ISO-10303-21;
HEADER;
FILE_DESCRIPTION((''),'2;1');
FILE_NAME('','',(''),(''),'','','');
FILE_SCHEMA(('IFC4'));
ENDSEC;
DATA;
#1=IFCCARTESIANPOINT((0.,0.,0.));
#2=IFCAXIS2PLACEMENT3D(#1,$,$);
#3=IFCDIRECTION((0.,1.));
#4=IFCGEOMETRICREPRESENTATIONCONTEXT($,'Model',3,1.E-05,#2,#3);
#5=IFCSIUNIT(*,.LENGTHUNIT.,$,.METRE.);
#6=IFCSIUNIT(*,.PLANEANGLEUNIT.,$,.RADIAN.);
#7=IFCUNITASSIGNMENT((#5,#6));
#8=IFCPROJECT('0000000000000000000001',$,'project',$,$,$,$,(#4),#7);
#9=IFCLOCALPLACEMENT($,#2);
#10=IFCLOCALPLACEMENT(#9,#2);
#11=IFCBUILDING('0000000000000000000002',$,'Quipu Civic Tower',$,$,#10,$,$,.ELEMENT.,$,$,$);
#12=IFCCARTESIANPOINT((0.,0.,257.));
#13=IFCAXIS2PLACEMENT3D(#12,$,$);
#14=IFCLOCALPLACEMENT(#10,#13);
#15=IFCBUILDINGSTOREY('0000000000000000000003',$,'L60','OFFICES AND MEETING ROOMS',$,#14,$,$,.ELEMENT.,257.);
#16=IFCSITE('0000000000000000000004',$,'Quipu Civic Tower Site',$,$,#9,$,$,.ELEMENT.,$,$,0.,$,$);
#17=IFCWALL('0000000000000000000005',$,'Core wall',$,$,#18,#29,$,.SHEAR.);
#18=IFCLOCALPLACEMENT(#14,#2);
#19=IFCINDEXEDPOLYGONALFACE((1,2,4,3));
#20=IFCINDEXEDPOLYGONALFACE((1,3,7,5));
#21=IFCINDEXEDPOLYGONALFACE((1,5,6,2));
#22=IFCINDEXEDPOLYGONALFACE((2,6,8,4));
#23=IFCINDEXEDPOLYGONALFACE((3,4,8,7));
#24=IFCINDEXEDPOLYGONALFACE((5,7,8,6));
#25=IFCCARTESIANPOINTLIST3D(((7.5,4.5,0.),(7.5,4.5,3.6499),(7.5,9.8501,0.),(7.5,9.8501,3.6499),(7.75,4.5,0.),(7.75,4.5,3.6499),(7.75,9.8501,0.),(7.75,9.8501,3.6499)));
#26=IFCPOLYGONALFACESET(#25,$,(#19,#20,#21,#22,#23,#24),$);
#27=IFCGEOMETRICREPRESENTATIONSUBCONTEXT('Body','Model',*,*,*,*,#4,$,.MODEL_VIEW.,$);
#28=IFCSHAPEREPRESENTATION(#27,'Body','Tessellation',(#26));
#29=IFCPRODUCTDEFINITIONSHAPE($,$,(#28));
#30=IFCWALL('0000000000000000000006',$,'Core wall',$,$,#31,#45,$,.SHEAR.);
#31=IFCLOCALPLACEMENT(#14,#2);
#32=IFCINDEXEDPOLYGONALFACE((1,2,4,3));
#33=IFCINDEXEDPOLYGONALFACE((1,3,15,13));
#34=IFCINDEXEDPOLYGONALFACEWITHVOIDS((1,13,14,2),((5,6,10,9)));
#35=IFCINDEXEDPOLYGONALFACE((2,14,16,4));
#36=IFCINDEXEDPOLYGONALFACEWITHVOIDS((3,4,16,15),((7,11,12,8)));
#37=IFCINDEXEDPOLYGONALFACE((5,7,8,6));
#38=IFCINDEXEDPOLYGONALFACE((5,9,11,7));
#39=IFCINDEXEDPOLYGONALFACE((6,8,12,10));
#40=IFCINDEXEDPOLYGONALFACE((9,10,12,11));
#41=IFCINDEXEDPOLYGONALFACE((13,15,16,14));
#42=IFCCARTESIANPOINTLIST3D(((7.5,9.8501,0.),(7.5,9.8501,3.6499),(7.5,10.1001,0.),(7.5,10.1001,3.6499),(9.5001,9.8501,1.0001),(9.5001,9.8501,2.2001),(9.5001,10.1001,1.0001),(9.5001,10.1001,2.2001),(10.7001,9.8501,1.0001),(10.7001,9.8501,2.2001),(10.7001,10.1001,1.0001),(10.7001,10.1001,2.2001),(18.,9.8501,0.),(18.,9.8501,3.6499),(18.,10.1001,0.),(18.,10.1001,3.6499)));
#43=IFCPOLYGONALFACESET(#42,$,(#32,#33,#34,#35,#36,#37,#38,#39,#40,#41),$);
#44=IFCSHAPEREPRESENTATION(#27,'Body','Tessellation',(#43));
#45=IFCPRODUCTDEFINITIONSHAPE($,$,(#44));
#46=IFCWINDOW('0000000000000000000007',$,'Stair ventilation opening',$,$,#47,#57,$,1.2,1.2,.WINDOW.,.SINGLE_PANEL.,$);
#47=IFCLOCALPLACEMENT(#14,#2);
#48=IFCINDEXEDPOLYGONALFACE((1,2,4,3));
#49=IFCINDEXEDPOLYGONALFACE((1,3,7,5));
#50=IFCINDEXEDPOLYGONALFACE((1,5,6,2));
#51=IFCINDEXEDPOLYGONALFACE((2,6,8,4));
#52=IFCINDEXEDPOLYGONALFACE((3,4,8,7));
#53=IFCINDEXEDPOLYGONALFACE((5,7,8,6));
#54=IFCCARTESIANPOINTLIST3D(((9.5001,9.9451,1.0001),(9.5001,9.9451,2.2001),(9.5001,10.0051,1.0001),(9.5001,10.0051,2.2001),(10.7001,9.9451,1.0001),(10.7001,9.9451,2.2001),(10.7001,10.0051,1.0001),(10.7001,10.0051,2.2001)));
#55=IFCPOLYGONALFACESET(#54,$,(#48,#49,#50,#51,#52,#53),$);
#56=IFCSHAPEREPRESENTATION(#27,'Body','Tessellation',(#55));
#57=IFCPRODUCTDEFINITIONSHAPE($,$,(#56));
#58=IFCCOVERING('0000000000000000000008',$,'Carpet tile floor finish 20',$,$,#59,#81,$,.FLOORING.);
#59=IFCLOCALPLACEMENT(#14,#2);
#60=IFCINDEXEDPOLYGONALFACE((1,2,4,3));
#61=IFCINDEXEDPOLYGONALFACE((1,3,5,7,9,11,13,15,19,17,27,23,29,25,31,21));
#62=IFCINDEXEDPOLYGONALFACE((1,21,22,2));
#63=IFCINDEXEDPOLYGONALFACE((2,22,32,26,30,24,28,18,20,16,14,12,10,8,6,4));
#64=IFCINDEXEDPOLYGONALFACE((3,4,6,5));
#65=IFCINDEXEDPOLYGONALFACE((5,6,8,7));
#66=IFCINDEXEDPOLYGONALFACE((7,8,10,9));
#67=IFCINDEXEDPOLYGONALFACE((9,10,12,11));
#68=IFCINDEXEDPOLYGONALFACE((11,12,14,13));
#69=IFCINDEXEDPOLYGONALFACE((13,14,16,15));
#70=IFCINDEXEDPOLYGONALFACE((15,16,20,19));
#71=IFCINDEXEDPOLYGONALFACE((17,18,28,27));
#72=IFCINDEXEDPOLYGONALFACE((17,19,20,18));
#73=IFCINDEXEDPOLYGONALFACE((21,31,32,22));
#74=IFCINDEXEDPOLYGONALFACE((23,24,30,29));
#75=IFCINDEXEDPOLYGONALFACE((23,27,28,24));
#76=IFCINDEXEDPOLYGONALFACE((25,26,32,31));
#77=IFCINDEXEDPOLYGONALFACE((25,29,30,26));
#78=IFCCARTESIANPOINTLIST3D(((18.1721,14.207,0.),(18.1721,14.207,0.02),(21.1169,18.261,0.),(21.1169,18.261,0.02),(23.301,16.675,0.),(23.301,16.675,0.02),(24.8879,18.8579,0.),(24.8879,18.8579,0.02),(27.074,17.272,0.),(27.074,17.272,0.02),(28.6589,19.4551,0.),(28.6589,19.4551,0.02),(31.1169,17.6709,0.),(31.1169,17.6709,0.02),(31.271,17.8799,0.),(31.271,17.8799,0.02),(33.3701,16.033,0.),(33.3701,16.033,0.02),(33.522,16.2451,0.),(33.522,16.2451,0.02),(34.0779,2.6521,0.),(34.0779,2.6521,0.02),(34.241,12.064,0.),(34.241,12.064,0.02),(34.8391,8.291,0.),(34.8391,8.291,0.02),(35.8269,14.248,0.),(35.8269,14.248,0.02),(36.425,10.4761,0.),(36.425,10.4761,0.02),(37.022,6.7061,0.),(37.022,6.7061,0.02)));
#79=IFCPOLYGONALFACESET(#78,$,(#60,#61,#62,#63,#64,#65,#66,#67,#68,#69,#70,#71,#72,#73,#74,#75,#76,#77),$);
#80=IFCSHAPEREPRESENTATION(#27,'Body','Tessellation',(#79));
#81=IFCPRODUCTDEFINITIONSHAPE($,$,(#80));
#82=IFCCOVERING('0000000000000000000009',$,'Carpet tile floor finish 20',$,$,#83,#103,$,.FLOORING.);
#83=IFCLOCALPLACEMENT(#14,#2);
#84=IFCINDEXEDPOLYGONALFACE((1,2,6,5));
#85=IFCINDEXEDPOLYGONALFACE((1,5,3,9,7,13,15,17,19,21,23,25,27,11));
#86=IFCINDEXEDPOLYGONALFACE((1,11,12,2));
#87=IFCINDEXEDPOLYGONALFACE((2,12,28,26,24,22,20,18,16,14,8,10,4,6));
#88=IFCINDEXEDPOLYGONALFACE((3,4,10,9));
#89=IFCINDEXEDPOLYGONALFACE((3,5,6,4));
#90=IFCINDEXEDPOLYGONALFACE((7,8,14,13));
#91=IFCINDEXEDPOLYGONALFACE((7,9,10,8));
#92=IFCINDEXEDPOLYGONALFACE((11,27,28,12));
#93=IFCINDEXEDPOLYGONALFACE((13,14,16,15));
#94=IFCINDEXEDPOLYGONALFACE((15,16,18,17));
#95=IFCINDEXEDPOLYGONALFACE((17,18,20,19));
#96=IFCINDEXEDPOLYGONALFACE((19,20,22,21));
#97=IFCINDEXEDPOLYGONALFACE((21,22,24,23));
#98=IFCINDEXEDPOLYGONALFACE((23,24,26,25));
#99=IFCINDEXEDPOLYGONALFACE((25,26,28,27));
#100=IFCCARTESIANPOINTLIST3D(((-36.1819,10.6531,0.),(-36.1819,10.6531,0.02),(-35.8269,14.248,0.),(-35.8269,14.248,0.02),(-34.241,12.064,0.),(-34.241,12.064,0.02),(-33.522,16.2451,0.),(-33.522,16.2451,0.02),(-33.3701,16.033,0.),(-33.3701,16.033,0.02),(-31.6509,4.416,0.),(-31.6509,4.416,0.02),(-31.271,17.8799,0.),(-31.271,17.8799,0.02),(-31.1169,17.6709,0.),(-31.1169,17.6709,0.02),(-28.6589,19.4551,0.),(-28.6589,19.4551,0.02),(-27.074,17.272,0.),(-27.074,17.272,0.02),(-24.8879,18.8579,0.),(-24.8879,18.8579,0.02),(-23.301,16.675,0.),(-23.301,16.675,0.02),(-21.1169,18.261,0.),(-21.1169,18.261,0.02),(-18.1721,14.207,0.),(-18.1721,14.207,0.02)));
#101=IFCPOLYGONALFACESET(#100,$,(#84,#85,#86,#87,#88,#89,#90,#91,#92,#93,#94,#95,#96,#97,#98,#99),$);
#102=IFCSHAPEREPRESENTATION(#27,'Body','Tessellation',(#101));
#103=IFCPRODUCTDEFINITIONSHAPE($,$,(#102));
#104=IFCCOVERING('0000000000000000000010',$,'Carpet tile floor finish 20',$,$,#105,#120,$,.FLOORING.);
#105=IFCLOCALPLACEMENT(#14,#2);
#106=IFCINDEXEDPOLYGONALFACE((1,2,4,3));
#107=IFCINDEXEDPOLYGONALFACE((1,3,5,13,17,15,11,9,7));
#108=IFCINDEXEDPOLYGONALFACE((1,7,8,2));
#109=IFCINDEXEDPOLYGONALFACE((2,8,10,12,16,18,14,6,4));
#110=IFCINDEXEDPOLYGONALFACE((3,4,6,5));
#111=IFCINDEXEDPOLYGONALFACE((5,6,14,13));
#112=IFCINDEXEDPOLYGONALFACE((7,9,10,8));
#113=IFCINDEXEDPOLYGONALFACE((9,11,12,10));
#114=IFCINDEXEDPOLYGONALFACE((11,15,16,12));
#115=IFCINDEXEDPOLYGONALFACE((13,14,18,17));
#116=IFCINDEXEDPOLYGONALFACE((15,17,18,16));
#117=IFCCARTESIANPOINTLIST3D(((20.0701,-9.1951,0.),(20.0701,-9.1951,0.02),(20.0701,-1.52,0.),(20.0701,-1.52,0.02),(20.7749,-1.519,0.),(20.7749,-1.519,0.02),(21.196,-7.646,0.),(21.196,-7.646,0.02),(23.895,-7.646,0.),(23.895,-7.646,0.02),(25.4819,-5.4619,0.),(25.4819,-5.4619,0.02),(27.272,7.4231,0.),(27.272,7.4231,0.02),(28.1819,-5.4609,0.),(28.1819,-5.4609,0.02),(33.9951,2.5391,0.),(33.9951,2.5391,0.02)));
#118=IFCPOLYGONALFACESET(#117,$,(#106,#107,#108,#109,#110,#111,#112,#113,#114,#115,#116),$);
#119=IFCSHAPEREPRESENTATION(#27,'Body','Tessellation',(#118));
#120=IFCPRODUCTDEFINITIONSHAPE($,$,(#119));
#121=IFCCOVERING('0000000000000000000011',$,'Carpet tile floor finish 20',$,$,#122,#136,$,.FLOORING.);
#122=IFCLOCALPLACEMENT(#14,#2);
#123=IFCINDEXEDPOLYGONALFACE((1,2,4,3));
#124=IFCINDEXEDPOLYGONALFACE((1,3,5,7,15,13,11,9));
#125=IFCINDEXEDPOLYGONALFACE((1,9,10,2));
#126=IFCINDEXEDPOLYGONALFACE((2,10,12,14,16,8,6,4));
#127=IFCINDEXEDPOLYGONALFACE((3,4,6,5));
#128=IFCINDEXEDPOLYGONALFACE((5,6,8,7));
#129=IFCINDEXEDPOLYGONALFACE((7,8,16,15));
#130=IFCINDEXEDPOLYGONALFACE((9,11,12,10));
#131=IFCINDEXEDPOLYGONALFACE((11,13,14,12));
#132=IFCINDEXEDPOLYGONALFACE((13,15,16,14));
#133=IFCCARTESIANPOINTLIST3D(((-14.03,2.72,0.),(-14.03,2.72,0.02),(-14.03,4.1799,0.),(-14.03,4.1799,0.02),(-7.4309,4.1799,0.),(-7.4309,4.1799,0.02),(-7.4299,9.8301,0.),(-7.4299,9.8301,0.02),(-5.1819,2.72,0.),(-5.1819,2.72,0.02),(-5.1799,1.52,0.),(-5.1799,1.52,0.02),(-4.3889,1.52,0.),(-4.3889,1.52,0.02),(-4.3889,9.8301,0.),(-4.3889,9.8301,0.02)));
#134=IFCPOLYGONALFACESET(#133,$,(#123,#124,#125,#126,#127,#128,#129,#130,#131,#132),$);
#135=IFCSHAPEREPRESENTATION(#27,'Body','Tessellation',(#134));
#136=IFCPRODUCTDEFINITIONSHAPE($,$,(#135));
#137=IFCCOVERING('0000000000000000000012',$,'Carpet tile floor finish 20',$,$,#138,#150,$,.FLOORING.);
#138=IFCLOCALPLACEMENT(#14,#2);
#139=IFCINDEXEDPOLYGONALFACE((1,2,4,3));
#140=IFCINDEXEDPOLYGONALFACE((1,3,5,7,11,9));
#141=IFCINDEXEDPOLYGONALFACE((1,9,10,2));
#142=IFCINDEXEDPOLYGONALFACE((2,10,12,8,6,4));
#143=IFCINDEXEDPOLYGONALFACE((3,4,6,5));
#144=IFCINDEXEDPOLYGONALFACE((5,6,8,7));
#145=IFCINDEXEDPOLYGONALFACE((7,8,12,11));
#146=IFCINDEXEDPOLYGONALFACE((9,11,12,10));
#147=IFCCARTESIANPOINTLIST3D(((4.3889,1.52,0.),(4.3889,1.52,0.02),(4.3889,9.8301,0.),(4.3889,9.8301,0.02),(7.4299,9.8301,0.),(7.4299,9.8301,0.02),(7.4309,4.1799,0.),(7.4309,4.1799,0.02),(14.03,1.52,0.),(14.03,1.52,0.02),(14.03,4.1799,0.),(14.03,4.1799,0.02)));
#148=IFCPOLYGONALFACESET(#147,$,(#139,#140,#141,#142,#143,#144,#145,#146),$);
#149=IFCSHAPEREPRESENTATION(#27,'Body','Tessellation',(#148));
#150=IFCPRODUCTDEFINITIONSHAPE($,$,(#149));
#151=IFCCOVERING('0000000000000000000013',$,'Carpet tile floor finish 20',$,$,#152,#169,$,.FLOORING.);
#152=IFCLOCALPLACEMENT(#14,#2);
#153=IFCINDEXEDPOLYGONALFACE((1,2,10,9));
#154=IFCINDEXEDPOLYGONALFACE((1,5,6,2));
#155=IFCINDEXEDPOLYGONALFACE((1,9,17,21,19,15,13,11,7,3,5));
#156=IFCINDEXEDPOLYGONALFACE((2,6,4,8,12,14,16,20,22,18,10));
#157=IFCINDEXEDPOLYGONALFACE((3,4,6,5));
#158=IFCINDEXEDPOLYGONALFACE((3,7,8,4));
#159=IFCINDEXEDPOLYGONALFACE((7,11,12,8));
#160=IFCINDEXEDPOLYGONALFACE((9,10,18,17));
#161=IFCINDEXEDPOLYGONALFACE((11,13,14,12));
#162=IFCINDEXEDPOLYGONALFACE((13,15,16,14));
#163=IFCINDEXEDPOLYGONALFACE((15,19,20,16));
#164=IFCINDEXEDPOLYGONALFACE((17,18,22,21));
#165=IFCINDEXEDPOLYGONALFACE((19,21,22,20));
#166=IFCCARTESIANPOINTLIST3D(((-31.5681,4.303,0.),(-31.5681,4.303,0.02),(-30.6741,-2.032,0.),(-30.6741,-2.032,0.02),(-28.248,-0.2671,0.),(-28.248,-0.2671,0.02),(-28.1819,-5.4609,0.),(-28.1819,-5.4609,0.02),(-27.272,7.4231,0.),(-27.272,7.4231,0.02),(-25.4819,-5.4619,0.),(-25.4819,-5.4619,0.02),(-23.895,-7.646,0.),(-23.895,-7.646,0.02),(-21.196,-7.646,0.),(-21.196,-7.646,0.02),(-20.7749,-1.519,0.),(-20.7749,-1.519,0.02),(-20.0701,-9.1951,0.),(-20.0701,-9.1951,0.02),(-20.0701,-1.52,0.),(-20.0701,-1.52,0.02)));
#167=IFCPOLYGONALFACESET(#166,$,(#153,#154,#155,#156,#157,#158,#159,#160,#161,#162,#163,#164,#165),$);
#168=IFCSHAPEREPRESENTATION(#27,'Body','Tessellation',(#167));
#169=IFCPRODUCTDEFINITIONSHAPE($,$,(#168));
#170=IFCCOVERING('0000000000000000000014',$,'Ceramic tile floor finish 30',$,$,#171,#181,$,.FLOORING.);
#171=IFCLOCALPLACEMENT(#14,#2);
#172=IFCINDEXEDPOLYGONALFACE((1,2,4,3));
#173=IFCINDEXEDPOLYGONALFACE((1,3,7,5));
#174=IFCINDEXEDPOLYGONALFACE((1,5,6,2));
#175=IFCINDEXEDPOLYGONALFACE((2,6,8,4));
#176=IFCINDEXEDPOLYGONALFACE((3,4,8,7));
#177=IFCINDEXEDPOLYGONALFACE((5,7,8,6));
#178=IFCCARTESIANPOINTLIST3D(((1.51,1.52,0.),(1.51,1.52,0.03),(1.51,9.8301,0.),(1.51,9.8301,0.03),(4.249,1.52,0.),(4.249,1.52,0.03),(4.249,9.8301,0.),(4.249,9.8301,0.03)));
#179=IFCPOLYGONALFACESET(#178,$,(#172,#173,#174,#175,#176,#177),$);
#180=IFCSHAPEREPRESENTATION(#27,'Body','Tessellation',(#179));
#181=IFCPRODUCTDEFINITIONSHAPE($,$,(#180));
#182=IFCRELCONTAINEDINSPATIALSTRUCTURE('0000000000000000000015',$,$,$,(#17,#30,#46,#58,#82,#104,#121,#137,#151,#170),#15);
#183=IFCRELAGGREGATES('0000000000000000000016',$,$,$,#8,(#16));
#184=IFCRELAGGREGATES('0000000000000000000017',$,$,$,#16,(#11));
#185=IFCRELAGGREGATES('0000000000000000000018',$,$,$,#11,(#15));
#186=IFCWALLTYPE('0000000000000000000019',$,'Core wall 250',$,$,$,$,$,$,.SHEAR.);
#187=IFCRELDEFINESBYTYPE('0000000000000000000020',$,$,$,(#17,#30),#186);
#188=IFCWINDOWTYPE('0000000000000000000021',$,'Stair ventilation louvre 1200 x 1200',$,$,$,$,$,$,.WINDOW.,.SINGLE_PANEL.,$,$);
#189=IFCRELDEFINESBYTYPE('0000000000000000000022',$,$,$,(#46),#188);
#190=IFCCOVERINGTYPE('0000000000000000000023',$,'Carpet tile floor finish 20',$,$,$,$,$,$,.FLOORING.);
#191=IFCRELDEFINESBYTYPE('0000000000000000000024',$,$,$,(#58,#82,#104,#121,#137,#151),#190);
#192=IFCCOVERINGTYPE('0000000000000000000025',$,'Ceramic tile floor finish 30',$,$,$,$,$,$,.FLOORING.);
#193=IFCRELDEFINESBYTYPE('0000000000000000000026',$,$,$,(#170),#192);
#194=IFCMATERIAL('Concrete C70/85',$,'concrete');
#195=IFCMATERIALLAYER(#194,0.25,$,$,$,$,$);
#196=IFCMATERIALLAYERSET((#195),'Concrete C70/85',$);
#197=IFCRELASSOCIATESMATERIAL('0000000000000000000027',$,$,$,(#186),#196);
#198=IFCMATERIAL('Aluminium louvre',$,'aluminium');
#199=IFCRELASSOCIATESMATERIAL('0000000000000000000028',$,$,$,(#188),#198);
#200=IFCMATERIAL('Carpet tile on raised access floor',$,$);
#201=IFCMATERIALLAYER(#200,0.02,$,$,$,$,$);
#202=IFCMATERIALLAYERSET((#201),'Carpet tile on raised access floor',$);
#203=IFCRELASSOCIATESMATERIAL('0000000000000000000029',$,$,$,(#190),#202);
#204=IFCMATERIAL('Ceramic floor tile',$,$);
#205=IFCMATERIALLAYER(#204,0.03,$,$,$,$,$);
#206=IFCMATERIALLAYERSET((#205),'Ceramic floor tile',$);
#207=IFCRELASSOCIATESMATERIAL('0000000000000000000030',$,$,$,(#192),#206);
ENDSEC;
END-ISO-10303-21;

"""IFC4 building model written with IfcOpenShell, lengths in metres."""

from ifc_helpers import new_model, si_unit, direction, frame, frame_2d, origin, place, context, subcontext, project, spatial, polyline, rectangle, outline, extrude, material, layer, layer_set, type_object, element, fill, save


model = new_model("IFC4")

# Units and contexts
model_context = context("Model", 3, precision=1e-05, world=origin(), true_north=direction((0.0, 1.0)))
body_context = subcontext(model_context, "Body", "Model", "MODEL_VIEW")
ifc_project = project(units=[si_unit("LENGTHUNIT", "METRE"), si_unit("PLANEANGLEUNIT", "RADIAN")], contexts=[model_context])

# Site, building, storey
site_placement = place(None, origin())
site = spatial("IfcSite", under=ifc_project, at=site_placement, Name="Quipu Civic Tower Site", CompositionType="ELEMENT", RefElevation=0.0)
building_placement = place(site_placement, origin())
building = spatial("IfcBuilding", under=site, at=building_placement, Name="Quipu Civic Tower", CompositionType="ELEMENT")
storey_placement = place(building_placement, frame((0.0, 0.0, 257.0)))
storey = spatial("IfcBuildingStorey", under=building, at=storey_placement, Name="L60", Description="OFFICES AND MEETING ROOMS", CompositionType="ELEMENT", Elevation=257.0)

# Shared definitions
ifc_material_1 = material(Name="Concrete C70/85", Category="concrete")
ifc_layer_1 = layer(ifc_material_1, 0.25)
ifc_layer_set_1 = layer_set([ifc_layer_1], Name="Concrete C70/85")
wall_type_1 = type_object("IfcWallType", Name="Core wall 250", PredefinedType="SHEAR", material=ifc_layer_set_1)

# Wall
wall_1_placement = place(storey_placement, frame((7.625, 4.5, 0.0), z_axis=(0.0, 0.0, 1.0), x_axis=(0.0, 1.0, 0.0)))
element("IfcWall", 1, at=wall_1_placement, inside=storey, type_object=wall_type_1, Name="Core wall", PredefinedType="SHEAR", context=body_context, shape_type="SweptSolid", body=[
    extrude(rectangle(XDim=5.3501, YDim=0.25, at=frame_2d((2.675, 0.0))), origin(), (0.0, 0.0, 1.0), 3.6499),
])

# Wall, opening, window
wall_2_placement = place(storey_placement, frame((7.5, 9.9751, 0.0), z_axis=(0.0, 0.0, 1.0), x_axis=(1.0, 0.0, 0.0)))
wall_2 = element("IfcWall", 2, at=wall_2_placement, inside=storey, type_object=wall_type_1, Name="Core wall", PredefinedType="SHEAR", context=body_context, shape_type="SweptSolid", body=[
    extrude(rectangle(XDim=10.5, YDim=0.25, at=frame_2d((5.25, 0.0))), origin(), (0.0, 0.0, 1.0), 3.6499),
])
opening_1_placement = place(wall_2_placement, frame((2.0, 0.0, 1.0)))
opening_1 = element("IfcOpeningElement", 3, at=opening_1_placement, cuts=wall_2, PredefinedType="OPENING", context=body_context, shape_type="SweptSolid", body=[
    extrude(rectangle(XDim=1.2, YDim=1.2, at=frame_2d((0.6001, 0.6001))), frame((0.0, 0.135, 0.0), z_axis=(0.0, -1.0, 0.0), x_axis=(1.0, 0.0, 0.0)), (0.0, 0.0, 1.0), 0.27),
])
ifc_material_2 = material(Name="Aluminium louvre", Category="aluminium")
window_type = type_object("IfcWindowType", Name="Stair ventilation louvre 1200 x 1200", PartitioningType="SINGLE_PANEL", PredefinedType="WINDOW", material=ifc_material_2)
window_placement = place(opening_1_placement, origin())
window = element("IfcWindow", 4, at=window_placement, inside=storey, type_object=window_type, Name="Stair ventilation opening", OverallHeight=1.2, OverallWidth=1.2, PartitioningType="SINGLE_PANEL", PredefinedType="WINDOW", context=body_context, shape_type="SweptSolid", body=[
    extrude(rectangle(XDim=1.2, YDim=1.2, at=frame_2d((0.6001, 0.6001))), frame((0.0, 0.03, 0.0), z_axis=(0.0, -1.0, 0.0), x_axis=(1.0, 0.0, 0.0)), (0.0, 0.0, 1.0), 0.0601),
])
fill(opening_1, window)

# Coverings
ifc_material_3 = material(Name="Carpet tile on raised access floor")
ifc_layer_2 = layer(ifc_material_3, 0.02)
ifc_layer_set_2 = layer_set([ifc_layer_2], Name="Carpet tile on raised access floor")
covering_type_1 = type_object("IfcCoveringType", Name="Carpet tile floor finish 20", PredefinedType="FLOORING", material=ifc_layer_set_2)
covering_1_placement = place(storey_placement, origin())
element("IfcCovering", 5, at=covering_1_placement, inside=storey, type_object=covering_type_1, Name="Carpet tile floor finish 20", PredefinedType="FLOORING", context=body_context, shape_type="SweptSolid", body=[
    extrude(outline(polyline([(18.1721, 14.207), (21.1169, 18.261), (23.301, 16.675), (24.8879, 18.8579), (27.074, 17.272), (28.6589, 19.4551), (31.1169, 17.6709), (31.271, 17.8799), (33.522, 16.2451), (33.3701, 16.033), (35.8269, 14.248), (34.241, 12.064), (36.425, 10.4761), (34.8391, 8.291), (37.022, 6.7061), (34.0779, 2.6521), (18.1721, 14.207)])), origin(), (0.0, 0.0, 1.0), 0.02),
])
covering_2_placement = place(storey_placement, origin())
element("IfcCovering", 6, at=covering_2_placement, inside=storey, type_object=covering_type_1, Name="Carpet tile floor finish 20", PredefinedType="FLOORING", context=body_context, shape_type="SweptSolid", body=[
    extrude(outline(polyline([(-36.1819, 10.6531), (-34.241, 12.064), (-35.8269, 14.248), (-33.3701, 16.033), (-33.522, 16.2451), (-31.271, 17.8799), (-31.1169, 17.6709), (-28.6589, 19.4551), (-27.074, 17.272), (-24.8879, 18.8579), (-23.301, 16.675), (-21.1169, 18.261), (-18.1721, 14.207), (-31.6509, 4.416), (-36.1819, 10.6531)])), origin(), (0.0, 0.0, 1.0), 0.02),
])
covering_3_placement = place(storey_placement, origin())
element("IfcCovering", 7, at=covering_3_placement, inside=storey, type_object=covering_type_1, Name="Carpet tile floor finish 20", PredefinedType="FLOORING", context=body_context, shape_type="SweptSolid", body=[
    extrude(outline(polyline([(20.0701, -9.1951), (20.0701, -1.52), (20.7749, -1.519), (27.272, 7.4231), (33.9951, 2.5391), (28.1819, -5.4609), (25.4819, -5.4619), (23.895, -7.646), (21.196, -7.646), (20.0701, -9.1951)])), origin(), (0.0, 0.0, 1.0), 0.02),
])
covering_4_placement = place(storey_placement, origin())
element("IfcCovering", 8, at=covering_4_placement, inside=storey, type_object=covering_type_1, Name="Carpet tile floor finish 20", PredefinedType="FLOORING", context=body_context, shape_type="SweptSolid", body=[
    extrude(outline(polyline([(-14.03, 2.72), (-14.03, 4.1799), (-7.4309, 4.1799), (-7.4299, 9.8301), (-4.3889, 9.8301), (-4.3889, 1.52), (-5.1799, 1.52), (-5.1819, 2.72), (-14.03, 2.72)])), origin(), (0.0, 0.0, 1.0), 0.02),
])
covering_5_placement = place(storey_placement, origin())
element("IfcCovering", 9, at=covering_5_placement, inside=storey, type_object=covering_type_1, Name="Carpet tile floor finish 20", PredefinedType="FLOORING", context=body_context, shape_type="SweptSolid", body=[
    extrude(outline(polyline([(4.3889, 1.52), (4.3889, 9.8301), (7.4299, 9.8301), (7.4309, 4.1799), (14.03, 4.1799), (14.03, 1.52), (4.3889, 1.52)])), origin(), (0.0, 0.0, 1.0), 0.02),
])
covering_6_placement = place(storey_placement, origin())
element("IfcCovering", 10, at=covering_6_placement, inside=storey, type_object=covering_type_1, Name="Carpet tile floor finish 20", PredefinedType="FLOORING", context=body_context, shape_type="SweptSolid", body=[
    extrude(outline(polyline([(-31.5681, 4.303), (-27.272, 7.4231), (-20.7749, -1.519), (-20.0701, -1.52), (-20.0701, -9.1951), (-21.196, -7.646), (-23.895, -7.646), (-25.4819, -5.4619), (-28.1819, -5.4609), (-30.6741, -2.032), (-28.248, -0.2671), (-31.5681, 4.303)])), origin(), (0.0, 0.0, 1.0), 0.02),
])
ifc_material_4 = material(Name="Ceramic floor tile")
ifc_layer_3 = layer(ifc_material_4, 0.03)
ifc_layer_set_3 = layer_set([ifc_layer_3], Name="Ceramic floor tile")
covering_type_2 = type_object("IfcCoveringType", Name="Ceramic tile floor finish 30", PredefinedType="FLOORING", material=ifc_layer_set_3)
covering_7_placement = place(storey_placement, origin())
element("IfcCovering", 11, at=covering_7_placement, inside=storey, type_object=covering_type_2, Name="Ceramic tile floor finish 30", PredefinedType="FLOORING", context=body_context, shape_type="SweptSolid", body=[
    extrude(outline(polyline([(1.51, 1.52), (1.51, 9.8301), (4.249, 9.8301), (4.249, 1.52), (1.51, 1.52)])), origin(), (0.0, 0.0, 1.0), 0.03),
])

save(model, "model.ifc")
